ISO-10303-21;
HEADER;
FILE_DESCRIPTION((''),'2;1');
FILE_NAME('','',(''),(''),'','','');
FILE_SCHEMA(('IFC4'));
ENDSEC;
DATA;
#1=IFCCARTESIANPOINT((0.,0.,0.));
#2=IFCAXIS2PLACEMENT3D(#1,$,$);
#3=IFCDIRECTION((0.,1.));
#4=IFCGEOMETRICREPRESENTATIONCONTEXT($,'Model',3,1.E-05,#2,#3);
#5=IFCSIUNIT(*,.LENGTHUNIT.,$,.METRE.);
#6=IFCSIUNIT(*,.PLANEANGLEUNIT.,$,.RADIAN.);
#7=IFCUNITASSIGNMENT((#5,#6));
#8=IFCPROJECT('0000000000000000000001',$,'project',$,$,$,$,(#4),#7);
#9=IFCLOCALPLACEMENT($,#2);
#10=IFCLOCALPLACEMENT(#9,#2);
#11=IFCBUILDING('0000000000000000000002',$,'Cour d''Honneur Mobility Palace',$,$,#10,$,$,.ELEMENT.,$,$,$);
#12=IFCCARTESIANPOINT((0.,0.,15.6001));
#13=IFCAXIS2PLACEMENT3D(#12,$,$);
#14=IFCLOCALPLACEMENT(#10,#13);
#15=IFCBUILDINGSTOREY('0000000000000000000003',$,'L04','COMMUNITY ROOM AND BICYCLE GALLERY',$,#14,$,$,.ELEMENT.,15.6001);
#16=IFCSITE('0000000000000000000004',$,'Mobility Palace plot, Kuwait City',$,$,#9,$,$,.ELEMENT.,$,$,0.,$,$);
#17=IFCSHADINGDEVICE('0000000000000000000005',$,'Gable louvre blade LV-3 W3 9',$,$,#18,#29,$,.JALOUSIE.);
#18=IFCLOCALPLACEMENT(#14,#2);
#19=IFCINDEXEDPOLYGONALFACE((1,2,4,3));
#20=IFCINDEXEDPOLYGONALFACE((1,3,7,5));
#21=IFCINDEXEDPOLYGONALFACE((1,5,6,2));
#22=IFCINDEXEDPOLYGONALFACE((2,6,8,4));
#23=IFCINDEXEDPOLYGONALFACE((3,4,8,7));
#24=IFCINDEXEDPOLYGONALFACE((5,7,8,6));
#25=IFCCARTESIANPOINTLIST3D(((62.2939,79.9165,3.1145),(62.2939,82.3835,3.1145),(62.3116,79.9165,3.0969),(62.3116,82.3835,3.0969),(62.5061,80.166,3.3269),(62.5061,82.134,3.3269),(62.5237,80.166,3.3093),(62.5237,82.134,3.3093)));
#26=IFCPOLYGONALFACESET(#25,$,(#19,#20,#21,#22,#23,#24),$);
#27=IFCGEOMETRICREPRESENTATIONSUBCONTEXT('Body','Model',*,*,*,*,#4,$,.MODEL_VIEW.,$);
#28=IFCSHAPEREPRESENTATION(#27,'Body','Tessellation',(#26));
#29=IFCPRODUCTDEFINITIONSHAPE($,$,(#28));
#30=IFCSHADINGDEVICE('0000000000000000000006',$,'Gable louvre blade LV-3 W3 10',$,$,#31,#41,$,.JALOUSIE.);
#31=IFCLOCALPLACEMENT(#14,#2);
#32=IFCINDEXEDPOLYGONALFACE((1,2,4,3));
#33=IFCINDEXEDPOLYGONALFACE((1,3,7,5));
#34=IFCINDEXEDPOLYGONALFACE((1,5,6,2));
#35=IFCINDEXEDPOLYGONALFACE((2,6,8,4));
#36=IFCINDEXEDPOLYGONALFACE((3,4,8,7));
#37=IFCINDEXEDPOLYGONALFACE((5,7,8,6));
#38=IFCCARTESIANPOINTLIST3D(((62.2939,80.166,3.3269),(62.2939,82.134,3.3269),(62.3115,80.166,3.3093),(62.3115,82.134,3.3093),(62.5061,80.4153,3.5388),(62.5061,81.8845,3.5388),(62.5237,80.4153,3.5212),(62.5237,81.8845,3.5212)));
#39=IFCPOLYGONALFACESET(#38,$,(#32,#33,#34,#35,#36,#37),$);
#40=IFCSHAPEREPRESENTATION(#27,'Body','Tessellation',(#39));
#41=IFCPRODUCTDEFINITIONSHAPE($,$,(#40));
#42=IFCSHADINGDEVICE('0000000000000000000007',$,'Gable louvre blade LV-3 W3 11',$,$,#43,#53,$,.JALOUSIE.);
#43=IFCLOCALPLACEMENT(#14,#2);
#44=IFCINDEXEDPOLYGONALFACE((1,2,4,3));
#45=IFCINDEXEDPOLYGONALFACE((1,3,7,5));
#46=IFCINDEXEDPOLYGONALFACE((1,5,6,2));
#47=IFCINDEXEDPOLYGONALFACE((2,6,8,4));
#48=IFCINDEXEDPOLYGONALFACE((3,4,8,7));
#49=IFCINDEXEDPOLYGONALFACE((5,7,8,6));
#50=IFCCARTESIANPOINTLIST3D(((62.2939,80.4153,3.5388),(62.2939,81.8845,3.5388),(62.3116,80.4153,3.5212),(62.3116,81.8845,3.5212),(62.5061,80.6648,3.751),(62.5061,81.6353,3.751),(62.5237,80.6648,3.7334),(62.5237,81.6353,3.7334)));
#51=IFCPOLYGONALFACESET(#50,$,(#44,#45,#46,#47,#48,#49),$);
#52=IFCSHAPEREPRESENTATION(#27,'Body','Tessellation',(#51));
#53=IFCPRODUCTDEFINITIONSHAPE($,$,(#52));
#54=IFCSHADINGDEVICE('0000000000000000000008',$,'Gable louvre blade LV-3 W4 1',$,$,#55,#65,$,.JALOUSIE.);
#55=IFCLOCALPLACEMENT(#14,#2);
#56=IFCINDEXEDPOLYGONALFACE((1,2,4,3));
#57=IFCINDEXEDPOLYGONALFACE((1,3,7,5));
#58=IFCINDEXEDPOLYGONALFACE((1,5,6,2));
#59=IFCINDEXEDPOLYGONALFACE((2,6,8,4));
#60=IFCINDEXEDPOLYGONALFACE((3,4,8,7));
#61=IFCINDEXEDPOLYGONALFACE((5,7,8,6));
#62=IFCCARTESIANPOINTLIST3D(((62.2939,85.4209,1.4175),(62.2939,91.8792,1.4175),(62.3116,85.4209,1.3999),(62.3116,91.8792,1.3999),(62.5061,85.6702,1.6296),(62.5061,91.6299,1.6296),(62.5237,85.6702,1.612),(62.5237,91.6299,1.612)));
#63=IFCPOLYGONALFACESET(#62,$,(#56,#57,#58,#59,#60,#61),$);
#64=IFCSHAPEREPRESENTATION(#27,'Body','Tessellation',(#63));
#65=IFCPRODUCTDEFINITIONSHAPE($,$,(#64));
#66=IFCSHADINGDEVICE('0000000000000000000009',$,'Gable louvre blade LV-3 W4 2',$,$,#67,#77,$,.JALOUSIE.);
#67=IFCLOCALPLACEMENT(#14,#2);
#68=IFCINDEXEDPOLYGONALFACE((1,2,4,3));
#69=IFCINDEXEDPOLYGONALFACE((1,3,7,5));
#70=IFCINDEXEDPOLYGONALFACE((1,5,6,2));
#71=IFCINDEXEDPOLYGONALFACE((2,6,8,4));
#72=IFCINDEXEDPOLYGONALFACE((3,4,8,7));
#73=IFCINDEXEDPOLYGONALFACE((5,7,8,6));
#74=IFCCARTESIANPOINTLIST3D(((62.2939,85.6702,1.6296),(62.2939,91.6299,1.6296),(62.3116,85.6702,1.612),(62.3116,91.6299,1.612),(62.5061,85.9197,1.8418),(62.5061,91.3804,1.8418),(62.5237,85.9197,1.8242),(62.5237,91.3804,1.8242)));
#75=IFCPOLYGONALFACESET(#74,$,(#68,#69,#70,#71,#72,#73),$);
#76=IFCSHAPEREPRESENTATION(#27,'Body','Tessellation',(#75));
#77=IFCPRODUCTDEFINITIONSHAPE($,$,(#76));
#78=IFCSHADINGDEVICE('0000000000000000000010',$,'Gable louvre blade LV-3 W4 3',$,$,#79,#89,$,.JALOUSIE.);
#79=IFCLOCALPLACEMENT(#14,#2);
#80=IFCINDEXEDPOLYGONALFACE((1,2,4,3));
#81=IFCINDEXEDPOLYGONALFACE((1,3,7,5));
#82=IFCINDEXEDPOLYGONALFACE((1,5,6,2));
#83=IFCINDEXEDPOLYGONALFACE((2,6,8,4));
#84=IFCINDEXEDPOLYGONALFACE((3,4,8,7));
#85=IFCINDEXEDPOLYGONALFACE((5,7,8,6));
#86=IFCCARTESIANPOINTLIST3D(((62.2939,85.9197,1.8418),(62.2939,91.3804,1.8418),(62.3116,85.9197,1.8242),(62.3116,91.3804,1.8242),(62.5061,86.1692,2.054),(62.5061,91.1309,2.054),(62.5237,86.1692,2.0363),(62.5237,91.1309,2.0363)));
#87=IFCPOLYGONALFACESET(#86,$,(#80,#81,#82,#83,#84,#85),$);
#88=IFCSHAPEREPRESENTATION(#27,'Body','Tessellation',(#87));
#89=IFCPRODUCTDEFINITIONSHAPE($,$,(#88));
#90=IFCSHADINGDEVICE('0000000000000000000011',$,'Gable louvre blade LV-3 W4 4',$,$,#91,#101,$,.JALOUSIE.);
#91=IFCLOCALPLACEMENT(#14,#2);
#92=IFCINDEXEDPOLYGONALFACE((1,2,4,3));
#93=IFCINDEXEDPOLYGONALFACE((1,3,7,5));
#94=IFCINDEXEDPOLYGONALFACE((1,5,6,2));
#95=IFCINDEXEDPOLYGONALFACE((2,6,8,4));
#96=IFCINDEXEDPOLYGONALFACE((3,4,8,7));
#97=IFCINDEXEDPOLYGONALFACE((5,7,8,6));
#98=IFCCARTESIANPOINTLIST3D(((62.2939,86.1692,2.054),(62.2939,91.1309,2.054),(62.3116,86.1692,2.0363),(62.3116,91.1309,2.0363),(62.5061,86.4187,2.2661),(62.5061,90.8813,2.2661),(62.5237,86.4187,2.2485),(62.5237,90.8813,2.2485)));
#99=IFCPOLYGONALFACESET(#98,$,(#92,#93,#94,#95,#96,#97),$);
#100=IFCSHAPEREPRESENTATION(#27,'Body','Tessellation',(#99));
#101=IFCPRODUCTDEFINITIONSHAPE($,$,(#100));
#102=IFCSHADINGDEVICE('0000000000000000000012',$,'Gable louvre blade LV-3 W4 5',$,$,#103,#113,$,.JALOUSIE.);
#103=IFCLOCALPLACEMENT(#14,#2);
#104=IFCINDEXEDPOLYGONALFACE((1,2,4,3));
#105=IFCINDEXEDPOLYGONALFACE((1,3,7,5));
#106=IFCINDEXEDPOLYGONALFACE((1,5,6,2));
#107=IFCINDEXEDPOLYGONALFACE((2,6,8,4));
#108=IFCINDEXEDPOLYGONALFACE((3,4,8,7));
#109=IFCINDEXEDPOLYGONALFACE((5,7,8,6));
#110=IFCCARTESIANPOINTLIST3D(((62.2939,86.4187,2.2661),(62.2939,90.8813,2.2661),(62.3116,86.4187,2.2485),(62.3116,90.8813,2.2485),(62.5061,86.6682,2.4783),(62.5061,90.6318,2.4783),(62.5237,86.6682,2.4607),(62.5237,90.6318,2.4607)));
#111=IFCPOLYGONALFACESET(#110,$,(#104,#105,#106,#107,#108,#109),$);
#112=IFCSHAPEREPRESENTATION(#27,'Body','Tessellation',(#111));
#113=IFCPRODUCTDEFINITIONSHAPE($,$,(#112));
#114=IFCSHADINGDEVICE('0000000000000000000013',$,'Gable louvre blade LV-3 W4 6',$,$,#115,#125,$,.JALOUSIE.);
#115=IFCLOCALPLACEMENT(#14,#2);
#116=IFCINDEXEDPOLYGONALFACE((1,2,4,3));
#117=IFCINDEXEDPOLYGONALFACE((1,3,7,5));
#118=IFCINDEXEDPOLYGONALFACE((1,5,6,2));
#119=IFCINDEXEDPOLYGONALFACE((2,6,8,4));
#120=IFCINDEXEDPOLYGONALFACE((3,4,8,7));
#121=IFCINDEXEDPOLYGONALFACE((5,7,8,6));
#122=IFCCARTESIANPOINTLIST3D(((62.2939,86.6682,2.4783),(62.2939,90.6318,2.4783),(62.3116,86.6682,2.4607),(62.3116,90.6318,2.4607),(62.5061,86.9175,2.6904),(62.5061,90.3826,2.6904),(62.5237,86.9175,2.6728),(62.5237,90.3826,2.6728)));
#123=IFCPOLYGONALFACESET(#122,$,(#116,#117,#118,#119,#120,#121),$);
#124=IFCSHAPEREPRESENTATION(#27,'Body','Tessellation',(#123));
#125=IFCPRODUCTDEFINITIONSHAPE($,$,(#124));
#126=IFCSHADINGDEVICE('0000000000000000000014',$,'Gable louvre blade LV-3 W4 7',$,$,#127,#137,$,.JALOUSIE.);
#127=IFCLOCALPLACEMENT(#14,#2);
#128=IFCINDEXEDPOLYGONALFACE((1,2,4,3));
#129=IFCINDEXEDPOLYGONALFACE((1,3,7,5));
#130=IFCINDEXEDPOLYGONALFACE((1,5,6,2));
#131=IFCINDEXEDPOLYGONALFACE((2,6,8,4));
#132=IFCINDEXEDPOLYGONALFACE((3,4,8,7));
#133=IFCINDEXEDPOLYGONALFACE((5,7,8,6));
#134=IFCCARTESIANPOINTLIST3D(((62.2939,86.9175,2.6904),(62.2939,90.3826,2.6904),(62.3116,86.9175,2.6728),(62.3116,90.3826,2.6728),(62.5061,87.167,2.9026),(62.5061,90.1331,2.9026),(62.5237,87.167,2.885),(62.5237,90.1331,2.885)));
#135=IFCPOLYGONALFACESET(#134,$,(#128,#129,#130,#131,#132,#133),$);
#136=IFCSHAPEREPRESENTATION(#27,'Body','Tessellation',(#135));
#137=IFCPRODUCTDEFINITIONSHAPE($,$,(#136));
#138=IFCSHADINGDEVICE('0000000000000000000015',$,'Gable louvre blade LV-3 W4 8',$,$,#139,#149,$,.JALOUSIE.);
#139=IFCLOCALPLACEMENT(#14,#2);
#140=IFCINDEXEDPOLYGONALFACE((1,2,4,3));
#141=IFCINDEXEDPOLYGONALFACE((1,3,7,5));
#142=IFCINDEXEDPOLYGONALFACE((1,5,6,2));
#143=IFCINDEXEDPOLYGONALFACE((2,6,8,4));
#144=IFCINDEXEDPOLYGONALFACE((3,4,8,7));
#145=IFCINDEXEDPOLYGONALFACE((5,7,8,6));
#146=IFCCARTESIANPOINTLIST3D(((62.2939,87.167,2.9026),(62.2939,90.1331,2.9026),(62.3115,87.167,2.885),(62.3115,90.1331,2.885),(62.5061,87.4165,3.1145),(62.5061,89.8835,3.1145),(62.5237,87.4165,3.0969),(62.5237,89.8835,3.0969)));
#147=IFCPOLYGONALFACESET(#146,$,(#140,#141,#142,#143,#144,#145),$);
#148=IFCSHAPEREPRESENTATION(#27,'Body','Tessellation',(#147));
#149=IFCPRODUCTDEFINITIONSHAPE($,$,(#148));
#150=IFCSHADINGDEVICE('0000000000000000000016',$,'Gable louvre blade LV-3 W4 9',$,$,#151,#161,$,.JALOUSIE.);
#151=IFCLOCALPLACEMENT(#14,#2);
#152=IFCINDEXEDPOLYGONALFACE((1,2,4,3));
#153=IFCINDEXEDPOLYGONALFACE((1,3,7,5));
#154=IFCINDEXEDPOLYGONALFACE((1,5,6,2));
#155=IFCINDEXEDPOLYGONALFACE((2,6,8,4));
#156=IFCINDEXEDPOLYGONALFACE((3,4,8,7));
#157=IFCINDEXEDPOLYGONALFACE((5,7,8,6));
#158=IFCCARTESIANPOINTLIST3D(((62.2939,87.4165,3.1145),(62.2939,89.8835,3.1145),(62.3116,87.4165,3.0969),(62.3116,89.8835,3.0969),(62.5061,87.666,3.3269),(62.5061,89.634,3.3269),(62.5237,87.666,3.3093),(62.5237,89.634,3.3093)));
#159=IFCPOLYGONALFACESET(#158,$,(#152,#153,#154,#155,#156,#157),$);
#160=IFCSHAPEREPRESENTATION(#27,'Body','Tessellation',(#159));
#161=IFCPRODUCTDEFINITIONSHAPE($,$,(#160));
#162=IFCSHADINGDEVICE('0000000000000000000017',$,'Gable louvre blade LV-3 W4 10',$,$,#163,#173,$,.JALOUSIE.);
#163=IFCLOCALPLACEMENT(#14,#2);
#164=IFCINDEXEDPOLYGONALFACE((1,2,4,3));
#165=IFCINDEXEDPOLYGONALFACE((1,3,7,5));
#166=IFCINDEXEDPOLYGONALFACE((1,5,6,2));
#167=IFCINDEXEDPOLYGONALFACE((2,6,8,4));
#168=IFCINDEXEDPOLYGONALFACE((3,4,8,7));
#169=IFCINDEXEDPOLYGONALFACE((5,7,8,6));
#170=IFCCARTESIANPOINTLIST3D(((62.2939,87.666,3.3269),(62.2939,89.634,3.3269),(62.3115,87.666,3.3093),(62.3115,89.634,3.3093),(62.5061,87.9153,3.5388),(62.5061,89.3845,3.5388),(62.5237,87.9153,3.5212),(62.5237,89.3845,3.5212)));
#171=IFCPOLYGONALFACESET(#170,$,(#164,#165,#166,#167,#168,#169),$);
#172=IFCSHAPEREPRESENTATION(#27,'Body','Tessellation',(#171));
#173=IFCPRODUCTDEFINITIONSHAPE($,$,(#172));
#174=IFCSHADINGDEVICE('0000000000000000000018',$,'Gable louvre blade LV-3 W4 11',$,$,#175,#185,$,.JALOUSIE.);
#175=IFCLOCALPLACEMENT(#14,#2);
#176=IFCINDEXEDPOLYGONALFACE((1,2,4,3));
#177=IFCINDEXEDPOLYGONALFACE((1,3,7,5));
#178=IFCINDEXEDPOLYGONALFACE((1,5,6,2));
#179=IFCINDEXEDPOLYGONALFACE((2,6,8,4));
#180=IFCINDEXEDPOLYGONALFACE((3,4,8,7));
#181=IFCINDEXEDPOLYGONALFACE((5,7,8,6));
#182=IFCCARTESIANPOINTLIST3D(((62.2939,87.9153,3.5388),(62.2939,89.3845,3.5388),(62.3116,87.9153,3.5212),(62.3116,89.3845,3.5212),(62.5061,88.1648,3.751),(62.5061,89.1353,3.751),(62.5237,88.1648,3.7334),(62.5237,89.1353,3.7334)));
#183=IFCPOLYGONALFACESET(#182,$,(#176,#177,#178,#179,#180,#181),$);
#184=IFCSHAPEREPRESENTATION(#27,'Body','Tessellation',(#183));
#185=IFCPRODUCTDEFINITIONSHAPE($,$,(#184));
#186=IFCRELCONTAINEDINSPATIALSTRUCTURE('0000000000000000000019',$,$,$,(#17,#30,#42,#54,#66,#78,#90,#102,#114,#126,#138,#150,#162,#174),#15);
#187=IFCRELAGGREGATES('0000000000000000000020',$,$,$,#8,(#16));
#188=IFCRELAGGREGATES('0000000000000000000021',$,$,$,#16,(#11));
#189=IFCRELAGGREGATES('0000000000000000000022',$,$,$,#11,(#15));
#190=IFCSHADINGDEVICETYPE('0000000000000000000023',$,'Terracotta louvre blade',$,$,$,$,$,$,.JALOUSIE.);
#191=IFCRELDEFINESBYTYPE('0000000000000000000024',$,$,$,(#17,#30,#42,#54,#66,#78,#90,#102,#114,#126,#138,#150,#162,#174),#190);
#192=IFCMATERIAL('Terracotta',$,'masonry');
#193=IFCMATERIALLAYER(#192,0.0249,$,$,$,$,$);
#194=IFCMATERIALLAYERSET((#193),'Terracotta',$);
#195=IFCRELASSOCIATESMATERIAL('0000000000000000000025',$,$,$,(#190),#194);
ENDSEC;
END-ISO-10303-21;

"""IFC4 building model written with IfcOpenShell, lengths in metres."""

from ifc_helpers import new_model, si_unit, direction, frame, origin, place, context, subcontext, project, spatial, polyline, outline, extrude, material, layer, layer_set, type_object, element, save


model = new_model("IFC4")

# Units and contexts
model_context = context("Model", 3, precision=1e-05, world=origin(), true_north=direction((0.0, 1.0)))
body_context = subcontext(model_context, "Body", "Model", "MODEL_VIEW")
ifc_project = project(units=[si_unit("LENGTHUNIT", "METRE"), si_unit("PLANEANGLEUNIT", "RADIAN")], contexts=[model_context])

# Site, building, storey
site_placement = place(None, origin())
site = spatial("IfcSite", under=ifc_project, at=site_placement, Name="Mobility Palace plot, Kuwait City", CompositionType="ELEMENT", RefElevation=0.0)
building_placement = place(site_placement, origin())
building = spatial("IfcBuilding", under=site, at=building_placement, Name="Cour d'Honneur Mobility Palace", CompositionType="ELEMENT")
storey_placement = place(building_placement, frame((0.0, 0.0, 15.6001)))
storey = spatial("IfcBuildingStorey", under=building, at=storey_placement, Name="L04", Description="COMMUNITY ROOM AND BICYCLE GALLERY", CompositionType="ELEMENT", Elevation=15.6001)

# Shading devices
ifc_material_1 = material(Name="Terracotta", Category="masonry")
ifc_layer_1 = layer(ifc_material_1, 0.0249)
ifc_layer_set_1 = layer_set([ifc_layer_1], Name="Terracotta")
shading_device_type = type_object("IfcShadingDeviceType", Name="Terracotta louvre blade", PredefinedType="JALOUSIE", material=ifc_layer_set_1)
shading_device_1_placement = place(storey_placement, frame((62.2939, 79.9165, 3.1145), z_axis=(-0.707513, 0.0, 0.7067), x_axis=(0.0, 1.0, 0.0)))
element("IfcShadingDevice", 1, at=shading_device_1_placement, inside=storey, type_object=shading_device_type, Name="Gable louvre blade LV-3 W3 9", PredefinedType="JALOUSIE", context=body_context, shape_type="SweptSolid", body=[
    extrude(outline(polyline([(0.0, 0.0), (2.467, 0.0), (2.2175, -0.3002), (0.2495, -0.3002), (0.0, 0.0)])), origin(), (0.0, 0.0, -1.0), 0.0249),
])
shading_device_2_placement = place(storey_placement, frame((62.2939, 80.166, 3.3269), z_axis=(-0.7067, 0.0, 0.707514), x_axis=(0.0, 1.0, 0.0)))
element("IfcShadingDevice", 2, at=shading_device_2_placement, inside=storey, type_object=shading_device_type, Name="Gable louvre blade LV-3 W3 10", PredefinedType="JALOUSIE", context=body_context, shape_type="SweptSolid", body=[
    extrude(outline(polyline([(0.0, 0.0), (1.968, 0.0), (1.7185, -0.2999), (0.2493, -0.2999), (0.0, 0.0)])), origin(), (0.0, 0.0, -1.0), 0.0249),
])
shading_device_3_placement = place(storey_placement, frame((62.2939, 80.4153, 3.5388), z_axis=(-0.707107, 0.0, 0.707107), x_axis=(0.0, 1.0, 0.0)))
element("IfcShadingDevice", 3, at=shading_device_3_placement, inside=storey, type_object=shading_device_type, Name="Gable louvre blade LV-3 W3 11", PredefinedType="JALOUSIE", context=body_context, shape_type="SweptSolid", body=[
    extrude(outline(polyline([(0.0, 0.0), (1.4692, 0.0), (1.22, -0.3), (0.2495, -0.3), (0.0, 0.0)])), origin(), (0.0, 0.0, -1.0), 0.0249),
])
shading_device_4_placement = place(storey_placement, frame((62.2939, 85.4209, 1.4175), z_axis=(-0.707107, 0.0, 0.707107), x_axis=(0.0, 1.0, 0.0)))
element("IfcShadingDevice", 4, at=shading_device_4_placement, inside=storey, type_object=shading_device_type, Name="Gable louvre blade LV-3 W4 1", PredefinedType="JALOUSIE", context=body_context, shape_type="SweptSolid", body=[
    extrude(outline(polyline([(0.0, 0.0), (6.4583, 0.0), (6.209, -0.3), (0.2493, -0.3), (0.0, 0.0)])), origin(), (0.0, 0.0, -1.0), 0.0249),
])
shading_device_5_placement = place(storey_placement, frame((62.2939, 85.6702, 1.6296), z_axis=(-0.707107, 0.0, 0.707107), x_axis=(0.0, 1.0, 0.0)))
element("IfcShadingDevice", 5, at=shading_device_5_placement, inside=storey, type_object=shading_device_type, Name="Gable louvre blade LV-3 W4 2", PredefinedType="JALOUSIE", context=body_context, shape_type="SweptSolid", body=[
    extrude(outline(polyline([(0.0, 0.0), (5.9597, 0.0), (5.7102, -0.3), (0.2495, -0.3), (0.0, 0.0)])), origin(), (0.0, 0.0, -1.0), 0.0249),
])
shading_device_6_placement = place(storey_placement, frame((62.2939, 85.9197, 1.8418), z_axis=(-0.707107, 0.0, 0.707107), x_axis=(0.0, 1.0, 0.0)))
element("IfcShadingDevice", 6, at=shading_device_6_placement, inside=storey, type_object=shading_device_type, Name="Gable louvre blade LV-3 W4 3", PredefinedType="JALOUSIE", context=body_context, shape_type="SweptSolid", body=[
    extrude(outline(polyline([(0.0, 0.0), (5.4607, 0.0), (5.2112, -0.3), (0.2495, -0.3), (0.0, 0.0)])), origin(), (0.0, 0.0, -1.0), 0.0249),
])
shading_device_7_placement = place(storey_placement, frame((62.2939, 86.1692, 2.054), z_axis=(-0.707107, 0.0, 0.707107), x_axis=(0.0, 1.0, 0.0)))
element("IfcShadingDevice", 7, at=shading_device_7_placement, inside=storey, type_object=shading_device_type, Name="Gable louvre blade LV-3 W4 4", PredefinedType="JALOUSIE", context=body_context, shape_type="SweptSolid", body=[
    extrude(outline(polyline([(0.0, 0.0), (4.9617, 0.0), (4.7122, -0.3), (0.2495, -0.3), (0.0, 0.0)])), origin(), (0.0, 0.0, -1.0), 0.0249),
])
shading_device_8_placement = place(storey_placement, frame((62.2939, 86.4187, 2.2661), z_axis=(-0.707107, 0.0, 0.707107), x_axis=(0.0, 1.0, 0.0)))
element("IfcShadingDevice", 8, at=shading_device_8_placement, inside=storey, type_object=shading_device_type, Name="Gable louvre blade LV-3 W4 5", PredefinedType="JALOUSIE", context=body_context, shape_type="SweptSolid", body=[
    extrude(outline(polyline([(0.0, 0.0), (4.4626, 0.0), (4.2131, -0.3), (0.2495, -0.3), (0.0, 0.0)])), origin(), (0.0, 0.0, -1.0), 0.0249),
])
shading_device_9_placement = place(storey_placement, frame((62.2939, 86.6682, 2.4783), z_axis=(-0.707107, 0.0, 0.707107), x_axis=(0.0, 1.0, 0.0)))
element("IfcShadingDevice", 9, at=shading_device_9_placement, inside=storey, type_object=shading_device_type, Name="Gable louvre blade LV-3 W4 6", PredefinedType="JALOUSIE", context=body_context, shape_type="SweptSolid", body=[
    extrude(outline(polyline([(0.0, 0.0), (3.9636, 0.0), (3.7144, -0.3), (0.2493, -0.3), (0.0, 0.0)])), origin(), (0.0, 0.0, -1.0), 0.0249),
])
shading_device_10_placement = place(storey_placement, frame((62.2939, 86.9175, 2.6904), z_axis=(-0.707107, 0.0, 0.707107), x_axis=(0.0, 1.0, 0.0)))
element("IfcShadingDevice", 10, at=shading_device_10_placement, inside=storey, type_object=shading_device_type, Name="Gable louvre blade LV-3 W4 7", PredefinedType="JALOUSIE", context=body_context, shape_type="SweptSolid", body=[
    extrude(outline(polyline([(0.0, 0.0), (3.4651, 0.0), (3.2156, -0.3), (0.2495, -0.3), (0.0, 0.0)])), origin(), (0.0, 0.0, -1.0), 0.0249),
])
shading_device_11_placement = place(storey_placement, frame((62.2939, 87.167, 2.9026), z_axis=(-0.7067, 0.0, 0.707514), x_axis=(0.0, 1.0, 0.0)))
element("IfcShadingDevice", 11, at=shading_device_11_placement, inside=storey, type_object=shading_device_type, Name="Gable louvre blade LV-3 W4 8", PredefinedType="JALOUSIE", context=body_context, shape_type="SweptSolid", body=[
    extrude(outline(polyline([(0.0, 0.0), (2.9661, 0.0), (2.7166, -0.2999), (0.2495, -0.2999), (0.0, 0.0)])), origin(), (0.0, 0.0, -1.0), 0.0249),
])
shading_device_12_placement = place(storey_placement, frame((62.2939, 87.4165, 3.1145), z_axis=(-0.707513, 0.0, 0.7067), x_axis=(0.0, 1.0, 0.0)))
element("IfcShadingDevice", 12, at=shading_device_12_placement, inside=storey, type_object=shading_device_type, Name="Gable louvre blade LV-3 W4 9", PredefinedType="JALOUSIE", context=body_context, shape_type="SweptSolid", body=[
    extrude(outline(polyline([(0.0, 0.0), (2.467, 0.0), (2.2175, -0.3002), (0.2495, -0.3002), (0.0, 0.0)])), origin(), (0.0, 0.0, -1.0), 0.0249),
])
shading_device_13_placement = place(storey_placement, frame((62.2939, 87.666, 3.3269), z_axis=(-0.7067, 0.0, 0.707514), x_axis=(0.0, 1.0, 0.0)))
element("IfcShadingDevice", 13, at=shading_device_13_placement, inside=storey, type_object=shading_device_type, Name="Gable louvre blade LV-3 W4 10", PredefinedType="JALOUSIE", context=body_context, shape_type="SweptSolid", body=[
    extrude(outline(polyline([(0.0, 0.0), (1.968, 0.0), (1.7185, -0.2999), (0.2493, -0.2999), (0.0, 0.0)])), origin(), (0.0, 0.0, -1.0), 0.0249),
])
shading_device_14_placement = place(storey_placement, frame((62.2939, 87.9153, 3.5388), z_axis=(-0.707107, 0.0, 0.707107), x_axis=(0.0, 1.0, 0.0)))
element("IfcShadingDevice", 14, at=shading_device_14_placement, inside=storey, type_object=shading_device_type, Name="Gable louvre blade LV-3 W4 11", PredefinedType="JALOUSIE", context=body_context, shape_type="SweptSolid", body=[
    extrude(outline(polyline([(0.0, 0.0), (1.4692, 0.0), (1.22, -0.3), (0.2495, -0.3), (0.0, 0.0)])), origin(), (0.0, 0.0, -1.0), 0.0249),
])

save(model, "model.ifc")
